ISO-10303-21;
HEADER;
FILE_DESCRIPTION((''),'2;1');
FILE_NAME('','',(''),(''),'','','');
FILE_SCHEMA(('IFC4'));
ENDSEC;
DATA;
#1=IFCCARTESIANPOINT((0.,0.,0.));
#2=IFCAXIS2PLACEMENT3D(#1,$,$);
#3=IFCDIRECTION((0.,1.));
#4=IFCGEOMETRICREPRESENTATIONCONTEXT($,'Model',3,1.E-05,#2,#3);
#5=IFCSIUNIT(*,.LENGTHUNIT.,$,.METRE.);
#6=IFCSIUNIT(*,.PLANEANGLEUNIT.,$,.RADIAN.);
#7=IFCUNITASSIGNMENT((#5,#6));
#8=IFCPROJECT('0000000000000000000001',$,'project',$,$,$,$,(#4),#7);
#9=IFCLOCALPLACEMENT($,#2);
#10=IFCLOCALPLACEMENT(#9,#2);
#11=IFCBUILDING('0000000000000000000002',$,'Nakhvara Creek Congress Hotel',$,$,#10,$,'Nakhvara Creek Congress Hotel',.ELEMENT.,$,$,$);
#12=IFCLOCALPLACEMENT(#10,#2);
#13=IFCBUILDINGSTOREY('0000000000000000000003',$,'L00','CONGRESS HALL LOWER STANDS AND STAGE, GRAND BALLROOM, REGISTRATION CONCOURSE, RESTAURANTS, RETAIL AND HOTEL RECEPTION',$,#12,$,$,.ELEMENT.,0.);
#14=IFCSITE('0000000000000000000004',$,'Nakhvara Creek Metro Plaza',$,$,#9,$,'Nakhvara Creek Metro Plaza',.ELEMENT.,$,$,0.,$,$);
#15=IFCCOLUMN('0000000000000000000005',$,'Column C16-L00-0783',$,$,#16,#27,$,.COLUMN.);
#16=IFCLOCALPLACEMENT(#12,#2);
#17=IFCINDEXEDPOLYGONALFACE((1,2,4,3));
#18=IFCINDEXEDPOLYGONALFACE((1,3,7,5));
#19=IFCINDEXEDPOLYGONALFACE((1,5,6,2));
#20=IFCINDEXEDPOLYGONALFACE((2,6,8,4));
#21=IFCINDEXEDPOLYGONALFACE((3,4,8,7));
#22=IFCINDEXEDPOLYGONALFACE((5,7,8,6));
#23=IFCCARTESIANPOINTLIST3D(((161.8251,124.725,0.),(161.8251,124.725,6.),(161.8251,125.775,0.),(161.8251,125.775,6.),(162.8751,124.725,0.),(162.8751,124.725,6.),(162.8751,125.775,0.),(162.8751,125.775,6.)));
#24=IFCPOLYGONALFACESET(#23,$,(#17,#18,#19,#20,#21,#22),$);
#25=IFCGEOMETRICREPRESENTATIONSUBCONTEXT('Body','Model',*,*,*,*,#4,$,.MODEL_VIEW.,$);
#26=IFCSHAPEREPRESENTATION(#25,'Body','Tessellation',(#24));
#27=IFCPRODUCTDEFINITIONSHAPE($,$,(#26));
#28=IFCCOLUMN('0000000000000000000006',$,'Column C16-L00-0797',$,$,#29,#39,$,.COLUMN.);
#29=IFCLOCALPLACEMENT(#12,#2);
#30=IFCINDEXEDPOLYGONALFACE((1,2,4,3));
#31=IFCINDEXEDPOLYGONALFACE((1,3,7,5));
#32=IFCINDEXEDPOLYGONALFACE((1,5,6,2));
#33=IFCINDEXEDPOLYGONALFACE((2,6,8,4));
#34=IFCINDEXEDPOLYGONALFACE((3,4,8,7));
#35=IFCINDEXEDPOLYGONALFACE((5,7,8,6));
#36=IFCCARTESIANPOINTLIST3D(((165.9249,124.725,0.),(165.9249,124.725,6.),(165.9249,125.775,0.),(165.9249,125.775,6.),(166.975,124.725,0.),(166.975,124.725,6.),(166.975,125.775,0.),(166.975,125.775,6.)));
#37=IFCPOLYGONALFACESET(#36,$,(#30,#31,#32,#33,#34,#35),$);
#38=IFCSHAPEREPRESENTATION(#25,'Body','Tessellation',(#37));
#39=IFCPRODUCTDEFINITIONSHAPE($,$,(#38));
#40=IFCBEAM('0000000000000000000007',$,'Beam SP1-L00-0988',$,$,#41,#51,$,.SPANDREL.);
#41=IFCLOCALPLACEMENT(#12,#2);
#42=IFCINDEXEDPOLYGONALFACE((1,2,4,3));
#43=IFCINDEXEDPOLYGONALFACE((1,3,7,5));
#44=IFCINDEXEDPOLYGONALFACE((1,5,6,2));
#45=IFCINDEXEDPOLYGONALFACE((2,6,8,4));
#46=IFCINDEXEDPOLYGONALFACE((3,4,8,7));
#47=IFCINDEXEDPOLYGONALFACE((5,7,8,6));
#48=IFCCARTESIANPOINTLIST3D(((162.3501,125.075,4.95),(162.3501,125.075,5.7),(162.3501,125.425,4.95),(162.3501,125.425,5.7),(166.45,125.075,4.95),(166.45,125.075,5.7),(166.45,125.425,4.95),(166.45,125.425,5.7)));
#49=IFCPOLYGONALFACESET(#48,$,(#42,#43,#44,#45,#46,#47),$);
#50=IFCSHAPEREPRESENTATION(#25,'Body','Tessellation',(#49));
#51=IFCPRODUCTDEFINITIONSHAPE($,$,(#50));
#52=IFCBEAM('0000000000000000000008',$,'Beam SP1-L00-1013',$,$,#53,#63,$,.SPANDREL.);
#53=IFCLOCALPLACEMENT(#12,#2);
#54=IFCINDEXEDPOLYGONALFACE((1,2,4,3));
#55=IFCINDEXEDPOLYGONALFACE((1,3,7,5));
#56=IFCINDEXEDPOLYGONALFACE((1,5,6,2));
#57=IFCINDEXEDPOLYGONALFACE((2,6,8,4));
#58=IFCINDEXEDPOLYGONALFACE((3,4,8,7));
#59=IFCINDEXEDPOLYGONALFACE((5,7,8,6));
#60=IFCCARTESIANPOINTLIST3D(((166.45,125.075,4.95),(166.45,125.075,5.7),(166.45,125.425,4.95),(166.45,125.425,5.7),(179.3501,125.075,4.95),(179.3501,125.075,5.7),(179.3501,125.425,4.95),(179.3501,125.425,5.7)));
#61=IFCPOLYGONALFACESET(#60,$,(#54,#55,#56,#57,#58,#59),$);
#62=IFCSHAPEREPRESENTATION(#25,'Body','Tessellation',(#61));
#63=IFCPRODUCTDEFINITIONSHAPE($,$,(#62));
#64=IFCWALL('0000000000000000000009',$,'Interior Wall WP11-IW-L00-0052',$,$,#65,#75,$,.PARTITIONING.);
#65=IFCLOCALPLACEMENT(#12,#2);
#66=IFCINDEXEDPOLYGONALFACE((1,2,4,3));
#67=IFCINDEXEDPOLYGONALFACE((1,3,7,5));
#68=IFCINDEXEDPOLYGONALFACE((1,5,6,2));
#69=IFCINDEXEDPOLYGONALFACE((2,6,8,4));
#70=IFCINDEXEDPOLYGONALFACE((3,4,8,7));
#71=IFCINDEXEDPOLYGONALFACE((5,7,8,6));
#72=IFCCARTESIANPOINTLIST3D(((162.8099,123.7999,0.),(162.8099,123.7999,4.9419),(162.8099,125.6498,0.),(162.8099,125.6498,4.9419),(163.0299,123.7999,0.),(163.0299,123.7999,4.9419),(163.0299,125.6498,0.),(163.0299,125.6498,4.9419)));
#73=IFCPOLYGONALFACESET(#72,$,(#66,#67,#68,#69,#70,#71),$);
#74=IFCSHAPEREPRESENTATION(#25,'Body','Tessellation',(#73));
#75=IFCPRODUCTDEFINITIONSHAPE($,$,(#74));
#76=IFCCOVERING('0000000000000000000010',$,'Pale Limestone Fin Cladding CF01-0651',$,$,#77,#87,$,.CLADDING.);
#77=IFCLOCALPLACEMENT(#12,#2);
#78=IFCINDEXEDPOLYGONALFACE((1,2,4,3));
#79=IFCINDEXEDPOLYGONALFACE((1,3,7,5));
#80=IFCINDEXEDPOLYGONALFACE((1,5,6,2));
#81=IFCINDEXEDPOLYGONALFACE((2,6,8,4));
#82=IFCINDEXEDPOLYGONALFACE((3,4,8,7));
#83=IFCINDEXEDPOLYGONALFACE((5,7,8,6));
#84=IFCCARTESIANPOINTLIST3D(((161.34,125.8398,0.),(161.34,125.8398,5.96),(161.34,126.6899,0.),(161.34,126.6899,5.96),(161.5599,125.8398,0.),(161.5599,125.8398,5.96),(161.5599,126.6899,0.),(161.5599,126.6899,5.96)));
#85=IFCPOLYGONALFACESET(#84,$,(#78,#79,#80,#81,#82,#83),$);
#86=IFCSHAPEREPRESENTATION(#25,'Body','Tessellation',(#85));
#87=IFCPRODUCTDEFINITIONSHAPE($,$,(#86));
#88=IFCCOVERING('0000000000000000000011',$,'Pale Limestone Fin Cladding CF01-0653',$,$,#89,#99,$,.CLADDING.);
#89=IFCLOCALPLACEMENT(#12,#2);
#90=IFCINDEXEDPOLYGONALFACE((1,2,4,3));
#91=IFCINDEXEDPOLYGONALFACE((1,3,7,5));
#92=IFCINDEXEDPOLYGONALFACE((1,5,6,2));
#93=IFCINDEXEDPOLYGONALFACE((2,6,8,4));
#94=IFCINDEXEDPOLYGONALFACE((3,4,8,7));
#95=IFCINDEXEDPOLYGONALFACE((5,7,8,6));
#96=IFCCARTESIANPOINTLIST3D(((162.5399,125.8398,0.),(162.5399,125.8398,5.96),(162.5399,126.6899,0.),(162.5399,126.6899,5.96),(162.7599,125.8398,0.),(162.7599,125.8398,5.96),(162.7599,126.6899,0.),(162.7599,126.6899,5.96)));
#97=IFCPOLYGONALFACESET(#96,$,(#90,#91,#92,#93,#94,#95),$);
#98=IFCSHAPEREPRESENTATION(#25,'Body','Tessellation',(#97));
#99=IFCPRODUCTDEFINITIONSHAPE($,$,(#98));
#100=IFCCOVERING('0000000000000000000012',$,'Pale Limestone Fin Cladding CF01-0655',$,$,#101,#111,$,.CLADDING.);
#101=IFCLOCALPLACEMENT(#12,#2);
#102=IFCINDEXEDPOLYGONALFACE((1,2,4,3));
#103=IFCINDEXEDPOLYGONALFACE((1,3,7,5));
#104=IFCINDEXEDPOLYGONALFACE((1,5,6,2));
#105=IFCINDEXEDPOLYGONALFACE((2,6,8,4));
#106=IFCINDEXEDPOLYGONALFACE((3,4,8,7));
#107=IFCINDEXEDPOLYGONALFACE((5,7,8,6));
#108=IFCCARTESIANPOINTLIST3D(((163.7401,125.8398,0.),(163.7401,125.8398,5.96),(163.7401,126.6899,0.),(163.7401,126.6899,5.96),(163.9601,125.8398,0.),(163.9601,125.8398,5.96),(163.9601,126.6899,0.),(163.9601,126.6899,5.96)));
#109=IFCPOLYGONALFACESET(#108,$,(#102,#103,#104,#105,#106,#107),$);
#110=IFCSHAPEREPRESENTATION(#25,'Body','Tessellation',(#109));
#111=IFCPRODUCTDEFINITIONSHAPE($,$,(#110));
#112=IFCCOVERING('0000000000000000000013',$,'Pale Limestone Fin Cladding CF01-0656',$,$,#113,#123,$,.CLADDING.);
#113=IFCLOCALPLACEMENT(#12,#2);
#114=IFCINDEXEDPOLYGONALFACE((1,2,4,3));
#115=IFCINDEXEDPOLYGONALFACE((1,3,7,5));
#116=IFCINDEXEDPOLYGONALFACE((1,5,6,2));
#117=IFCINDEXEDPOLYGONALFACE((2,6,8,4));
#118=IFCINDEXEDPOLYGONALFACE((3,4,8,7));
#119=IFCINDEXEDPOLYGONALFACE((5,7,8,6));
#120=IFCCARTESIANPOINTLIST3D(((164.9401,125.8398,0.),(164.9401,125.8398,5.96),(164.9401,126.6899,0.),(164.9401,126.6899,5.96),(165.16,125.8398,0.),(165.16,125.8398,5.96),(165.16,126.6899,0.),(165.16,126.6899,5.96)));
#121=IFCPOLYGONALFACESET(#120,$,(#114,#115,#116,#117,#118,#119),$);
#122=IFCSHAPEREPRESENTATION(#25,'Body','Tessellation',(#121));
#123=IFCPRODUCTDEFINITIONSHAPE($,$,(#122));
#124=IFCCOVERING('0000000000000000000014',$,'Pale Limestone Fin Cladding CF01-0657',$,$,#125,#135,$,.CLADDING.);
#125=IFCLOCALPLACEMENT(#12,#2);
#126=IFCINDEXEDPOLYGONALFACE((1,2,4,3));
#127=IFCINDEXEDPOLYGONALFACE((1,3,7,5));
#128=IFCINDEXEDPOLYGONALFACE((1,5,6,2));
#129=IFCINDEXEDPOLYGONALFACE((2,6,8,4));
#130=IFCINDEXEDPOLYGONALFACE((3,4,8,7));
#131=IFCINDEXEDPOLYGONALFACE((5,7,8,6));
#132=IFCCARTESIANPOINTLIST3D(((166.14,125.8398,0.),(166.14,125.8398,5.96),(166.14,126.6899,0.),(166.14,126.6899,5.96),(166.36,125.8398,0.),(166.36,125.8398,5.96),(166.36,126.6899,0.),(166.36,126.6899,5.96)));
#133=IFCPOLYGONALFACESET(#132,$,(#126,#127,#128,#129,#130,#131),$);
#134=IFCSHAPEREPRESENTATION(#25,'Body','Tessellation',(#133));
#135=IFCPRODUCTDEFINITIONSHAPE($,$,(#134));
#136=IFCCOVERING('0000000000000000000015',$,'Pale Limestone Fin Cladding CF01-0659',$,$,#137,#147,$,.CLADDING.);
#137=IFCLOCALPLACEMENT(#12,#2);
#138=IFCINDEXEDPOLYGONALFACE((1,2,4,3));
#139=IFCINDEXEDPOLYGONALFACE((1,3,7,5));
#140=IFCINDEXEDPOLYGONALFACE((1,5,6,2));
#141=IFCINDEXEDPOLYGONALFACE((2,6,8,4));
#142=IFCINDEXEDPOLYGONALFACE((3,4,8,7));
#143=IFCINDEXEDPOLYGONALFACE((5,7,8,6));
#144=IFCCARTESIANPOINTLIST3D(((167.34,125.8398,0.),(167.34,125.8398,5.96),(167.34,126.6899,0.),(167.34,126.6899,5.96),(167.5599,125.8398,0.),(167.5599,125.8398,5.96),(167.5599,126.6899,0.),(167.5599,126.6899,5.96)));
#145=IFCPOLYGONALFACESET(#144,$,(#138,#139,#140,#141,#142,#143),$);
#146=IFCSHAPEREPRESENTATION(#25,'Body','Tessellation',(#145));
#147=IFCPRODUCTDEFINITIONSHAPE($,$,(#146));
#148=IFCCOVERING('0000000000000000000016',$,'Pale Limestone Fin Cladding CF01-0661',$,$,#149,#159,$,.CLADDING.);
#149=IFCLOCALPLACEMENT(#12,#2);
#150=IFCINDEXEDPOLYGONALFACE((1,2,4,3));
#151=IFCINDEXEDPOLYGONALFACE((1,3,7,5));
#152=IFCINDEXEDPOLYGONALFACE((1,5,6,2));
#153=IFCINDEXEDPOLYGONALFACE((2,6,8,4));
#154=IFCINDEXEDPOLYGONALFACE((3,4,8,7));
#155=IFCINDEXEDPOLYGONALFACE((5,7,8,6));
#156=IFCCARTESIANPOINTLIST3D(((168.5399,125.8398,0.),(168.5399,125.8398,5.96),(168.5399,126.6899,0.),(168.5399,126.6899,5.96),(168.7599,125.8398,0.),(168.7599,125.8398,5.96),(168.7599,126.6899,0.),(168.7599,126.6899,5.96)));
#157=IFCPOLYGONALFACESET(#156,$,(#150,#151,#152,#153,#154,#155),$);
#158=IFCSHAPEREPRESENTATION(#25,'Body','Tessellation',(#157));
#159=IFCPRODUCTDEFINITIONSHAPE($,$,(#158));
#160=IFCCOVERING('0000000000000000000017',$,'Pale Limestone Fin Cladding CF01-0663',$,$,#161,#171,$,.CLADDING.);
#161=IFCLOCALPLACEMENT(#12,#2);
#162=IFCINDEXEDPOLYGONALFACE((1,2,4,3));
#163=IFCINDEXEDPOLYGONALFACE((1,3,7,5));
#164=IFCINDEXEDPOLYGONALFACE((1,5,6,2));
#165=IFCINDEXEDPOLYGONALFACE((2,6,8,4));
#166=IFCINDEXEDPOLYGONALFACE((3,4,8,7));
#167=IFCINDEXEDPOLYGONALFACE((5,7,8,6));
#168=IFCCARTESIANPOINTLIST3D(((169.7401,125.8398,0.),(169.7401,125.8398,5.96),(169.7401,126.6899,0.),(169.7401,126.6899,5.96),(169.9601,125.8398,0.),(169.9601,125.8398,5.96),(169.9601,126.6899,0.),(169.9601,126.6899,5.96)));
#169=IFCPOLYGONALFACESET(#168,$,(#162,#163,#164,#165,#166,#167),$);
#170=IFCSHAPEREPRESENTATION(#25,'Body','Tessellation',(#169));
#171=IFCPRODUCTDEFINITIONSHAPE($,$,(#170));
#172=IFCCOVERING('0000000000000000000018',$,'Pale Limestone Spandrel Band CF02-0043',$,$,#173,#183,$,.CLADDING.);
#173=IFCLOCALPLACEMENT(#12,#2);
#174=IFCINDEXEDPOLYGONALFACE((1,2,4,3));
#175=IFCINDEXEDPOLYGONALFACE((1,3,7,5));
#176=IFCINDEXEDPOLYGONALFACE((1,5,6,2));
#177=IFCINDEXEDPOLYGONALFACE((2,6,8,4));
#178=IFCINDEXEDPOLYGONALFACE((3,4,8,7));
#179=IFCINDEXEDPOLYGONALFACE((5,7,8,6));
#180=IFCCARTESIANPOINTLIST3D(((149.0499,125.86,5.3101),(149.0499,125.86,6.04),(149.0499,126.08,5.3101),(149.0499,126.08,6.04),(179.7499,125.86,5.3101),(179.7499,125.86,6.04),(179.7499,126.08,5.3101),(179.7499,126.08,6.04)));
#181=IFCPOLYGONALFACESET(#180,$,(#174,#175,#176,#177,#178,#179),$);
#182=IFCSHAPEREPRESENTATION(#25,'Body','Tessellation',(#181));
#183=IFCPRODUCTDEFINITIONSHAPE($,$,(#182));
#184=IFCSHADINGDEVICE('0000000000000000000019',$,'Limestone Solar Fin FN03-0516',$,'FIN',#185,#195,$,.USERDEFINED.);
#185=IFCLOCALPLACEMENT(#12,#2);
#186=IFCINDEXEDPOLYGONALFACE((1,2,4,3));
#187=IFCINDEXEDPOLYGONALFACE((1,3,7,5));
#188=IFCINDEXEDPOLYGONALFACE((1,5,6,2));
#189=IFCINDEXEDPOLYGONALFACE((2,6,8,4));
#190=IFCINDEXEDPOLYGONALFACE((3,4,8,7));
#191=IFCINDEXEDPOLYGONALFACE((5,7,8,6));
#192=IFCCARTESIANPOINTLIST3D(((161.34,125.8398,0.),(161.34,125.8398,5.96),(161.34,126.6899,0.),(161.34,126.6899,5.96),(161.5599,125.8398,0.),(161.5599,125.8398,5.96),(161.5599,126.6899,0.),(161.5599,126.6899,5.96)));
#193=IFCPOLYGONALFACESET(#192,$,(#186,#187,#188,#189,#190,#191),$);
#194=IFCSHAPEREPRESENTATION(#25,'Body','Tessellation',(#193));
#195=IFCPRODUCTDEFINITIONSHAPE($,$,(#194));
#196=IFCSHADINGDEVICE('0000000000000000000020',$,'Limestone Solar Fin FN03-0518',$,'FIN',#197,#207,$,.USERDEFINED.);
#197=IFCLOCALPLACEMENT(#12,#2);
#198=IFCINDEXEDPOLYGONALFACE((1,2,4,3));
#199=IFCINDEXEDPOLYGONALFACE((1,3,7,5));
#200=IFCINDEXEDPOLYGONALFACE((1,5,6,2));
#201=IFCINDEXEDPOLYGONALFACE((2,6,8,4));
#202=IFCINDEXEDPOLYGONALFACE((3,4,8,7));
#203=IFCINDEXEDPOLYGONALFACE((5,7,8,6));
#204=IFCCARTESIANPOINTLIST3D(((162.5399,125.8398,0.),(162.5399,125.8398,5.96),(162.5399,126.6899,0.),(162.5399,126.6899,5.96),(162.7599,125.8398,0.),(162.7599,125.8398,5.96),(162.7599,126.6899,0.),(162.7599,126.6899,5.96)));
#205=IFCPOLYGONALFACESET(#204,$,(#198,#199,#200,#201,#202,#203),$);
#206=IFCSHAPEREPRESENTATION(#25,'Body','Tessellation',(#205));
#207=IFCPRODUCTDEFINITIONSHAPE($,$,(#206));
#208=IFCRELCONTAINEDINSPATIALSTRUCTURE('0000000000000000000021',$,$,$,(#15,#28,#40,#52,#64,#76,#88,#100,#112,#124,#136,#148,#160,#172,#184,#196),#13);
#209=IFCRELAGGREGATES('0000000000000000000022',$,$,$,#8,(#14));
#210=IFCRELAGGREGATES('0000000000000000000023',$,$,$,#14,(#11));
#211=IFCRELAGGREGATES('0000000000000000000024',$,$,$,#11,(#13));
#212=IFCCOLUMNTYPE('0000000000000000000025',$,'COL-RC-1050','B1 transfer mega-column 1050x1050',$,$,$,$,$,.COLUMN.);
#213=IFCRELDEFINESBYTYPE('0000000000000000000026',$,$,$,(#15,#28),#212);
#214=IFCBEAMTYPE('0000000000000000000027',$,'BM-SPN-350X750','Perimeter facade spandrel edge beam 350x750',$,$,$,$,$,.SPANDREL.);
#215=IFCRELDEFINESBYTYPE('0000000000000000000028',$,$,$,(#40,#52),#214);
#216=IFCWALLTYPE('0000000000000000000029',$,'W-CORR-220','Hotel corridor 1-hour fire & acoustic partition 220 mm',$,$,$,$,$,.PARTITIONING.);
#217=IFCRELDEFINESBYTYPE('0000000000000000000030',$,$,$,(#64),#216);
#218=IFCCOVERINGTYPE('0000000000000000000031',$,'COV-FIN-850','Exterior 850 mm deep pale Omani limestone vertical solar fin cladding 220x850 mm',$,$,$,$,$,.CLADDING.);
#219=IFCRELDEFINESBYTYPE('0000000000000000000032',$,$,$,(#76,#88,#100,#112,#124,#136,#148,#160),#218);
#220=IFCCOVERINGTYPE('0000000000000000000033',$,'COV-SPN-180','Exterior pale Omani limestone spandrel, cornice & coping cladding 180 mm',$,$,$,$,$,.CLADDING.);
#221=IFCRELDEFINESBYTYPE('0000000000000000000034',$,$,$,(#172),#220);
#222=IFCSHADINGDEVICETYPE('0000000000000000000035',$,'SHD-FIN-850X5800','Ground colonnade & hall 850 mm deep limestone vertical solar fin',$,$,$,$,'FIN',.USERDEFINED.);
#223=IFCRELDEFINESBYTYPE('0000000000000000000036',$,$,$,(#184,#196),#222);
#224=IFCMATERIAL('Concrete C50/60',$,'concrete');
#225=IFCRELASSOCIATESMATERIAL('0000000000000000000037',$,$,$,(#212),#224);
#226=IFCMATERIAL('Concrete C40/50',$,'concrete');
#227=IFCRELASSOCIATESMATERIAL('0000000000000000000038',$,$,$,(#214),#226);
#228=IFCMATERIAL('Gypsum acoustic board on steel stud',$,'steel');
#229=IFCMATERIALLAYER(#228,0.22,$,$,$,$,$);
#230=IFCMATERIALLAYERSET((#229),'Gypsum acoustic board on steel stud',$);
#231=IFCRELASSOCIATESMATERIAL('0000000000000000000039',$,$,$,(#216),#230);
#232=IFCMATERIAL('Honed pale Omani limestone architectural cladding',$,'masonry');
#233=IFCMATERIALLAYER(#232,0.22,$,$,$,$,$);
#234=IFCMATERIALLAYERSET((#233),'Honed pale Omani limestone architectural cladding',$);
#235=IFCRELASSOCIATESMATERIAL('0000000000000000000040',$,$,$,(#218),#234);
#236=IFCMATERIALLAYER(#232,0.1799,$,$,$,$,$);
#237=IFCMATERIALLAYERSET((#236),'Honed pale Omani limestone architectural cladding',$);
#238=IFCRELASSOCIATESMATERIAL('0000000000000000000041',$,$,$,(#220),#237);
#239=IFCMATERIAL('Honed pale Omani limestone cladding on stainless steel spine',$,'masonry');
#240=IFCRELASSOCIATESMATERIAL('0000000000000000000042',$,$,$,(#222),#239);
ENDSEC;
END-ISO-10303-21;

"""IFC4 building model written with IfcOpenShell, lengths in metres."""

from ifc_helpers import new_model, si_unit, direction, frame, frame_2d, origin, origin_2d, place, context, subcontext, project, spatial, rectangle, extrude, material, layer, layer_set, material_profile, profile_set, type_object, element, save


model = new_model("IFC4")

# Units and contexts
model_context = context("Model", 3, precision=1e-05, world=origin(), true_north=direction((0.0, 1.0)))
body_context = subcontext(model_context, "Body", "Model", "MODEL_VIEW")
ifc_project = project(units=[si_unit("LENGTHUNIT", "METRE"), si_unit("PLANEANGLEUNIT", "RADIAN")], contexts=[model_context])

# Site, building, storey
site_placement = place(None, origin())
site = spatial("IfcSite", under=ifc_project, at=site_placement, Name="Nakhvara Creek Metro Plaza", LongName="Nakhvara Creek Metro Plaza", CompositionType="ELEMENT", RefElevation=0.0)
building_placement = place(site_placement, origin())
building = spatial("IfcBuilding", under=site, at=building_placement, Name="Nakhvara Creek Congress Hotel", LongName="Nakhvara Creek Congress Hotel", CompositionType="ELEMENT")
storey_placement = place(building_placement, origin())
storey = spatial("IfcBuildingStorey", under=building, at=storey_placement, Name="L00", Description="CONGRESS HALL LOWER STANDS AND STAGE, GRAND BALLROOM, REGISTRATION CONCOURSE, RESTAURANTS, RETAIL AND HOTEL RECEPTION", CompositionType="ELEMENT", Elevation=0.0)

# Columns
ifc_material_1 = material(Name="Concrete C50/60", Category="concrete")
ifc_material_profile_1 = material_profile(ifc_material_1, rectangle(XDim=1.05, YDim=1.05, at=origin_2d()), Name="RC-COL 1050x1050", Category="LoadBearing")
ifc_profile_set_1 = profile_set([ifc_material_profile_1], Name="Concrete C50/60")
column_type = type_object("IfcColumnType", Name="COL-RC-1050", Description="B1 transfer mega-column 1050x1050", PredefinedType="COLUMN", material=ifc_profile_set_1)
for number, where, z_axis, x_axis, name in (
    (1, (162.3501, 125.25, 0.0), (0.0, 0.0, 1.0), (1.0, 0.0, 0.0), "Column C16-L00-0783"),
    (2, (166.45, 125.25, 0.0), (0.0, 0.0, 1.0), (1.0, 0.0, 0.0), "Column C16-L00-0797"),
):
    element("IfcColumn", number, at=place(storey_placement, frame(where, z_axis=z_axis, x_axis=x_axis)), inside=storey, type_object=column_type, Name=name, PredefinedType="COLUMN", context=body_context, shape_type="SweptSolid", body=[
        extrude(rectangle(XDim=1.05, YDim=1.05, at=origin_2d()), origin(), (0.0, 0.0, 1.0), 6.0),
    ])

# Beams
ifc_material_2 = material(Name="Concrete C40/50", Category="concrete")
ifc_material_profile_2 = material_profile(ifc_material_2, rectangle(XDim=0.3501, YDim=0.75, at=origin_2d()), Name="RC-SPANDREL 350x750", Category="LoadBearing")
ifc_profile_set_2 = profile_set([ifc_material_profile_2], Name="Concrete C40/50")
beam_type = type_object("IfcBeamType", Name="BM-SPN-350X750", Description="Perimeter facade spandrel edge beam 350x750", PredefinedType="SPANDREL", material=ifc_profile_set_2)
beam_1_placement = place(storey_placement, frame((162.3501, 125.25, 5.325), z_axis=(1.0, 0.0, 0.0), x_axis=(0.0, 1.0, 0.0)))
element("IfcBeam", 3, at=beam_1_placement, inside=storey, type_object=beam_type, Name="Beam SP1-L00-0988", PredefinedType="SPANDREL", context=body_context, shape_type="SweptSolid", body=[
    extrude(rectangle(XDim=0.3501, YDim=0.75, at=origin_2d()), origin(), (0.0, 0.0, 1.0), 4.0999),
])
beam_2_placement = place(storey_placement, frame((166.45, 125.25, 5.325), z_axis=(1.0, 0.0, 0.0), x_axis=(0.0, 1.0, 0.0)))
element("IfcBeam", 4, at=beam_2_placement, inside=storey, type_object=beam_type, Name="Beam SP1-L00-1013", PredefinedType="SPANDREL", context=body_context, shape_type="SweptSolid", body=[
    extrude(rectangle(XDim=0.3501, YDim=0.75, at=origin_2d()), origin(), (0.0, 0.0, 1.0), 12.9001),
])

# Wall
ifc_material_3 = material(Name="Gypsum acoustic board on steel stud", Category="steel")
ifc_layer_1 = layer(ifc_material_3, 0.22)
ifc_layer_set_1 = layer_set([ifc_layer_1], Name="Gypsum acoustic board on steel stud")
wall_type = type_object("IfcWallType", Name="W-CORR-220", Description="Hotel corridor 1-hour fire & acoustic partition 220 mm", PredefinedType="PARTITIONING", material=ifc_layer_set_1)
wall_placement = place(storey_placement, frame((162.9199, 123.8, 0.0), z_axis=(0.0, 0.0, 1.0), x_axis=(0.0, 1.0, 0.0)))
element("IfcWall", 5, at=wall_placement, inside=storey, type_object=wall_type, Name="Interior Wall WP11-IW-L00-0052", PredefinedType="PARTITIONING", context=body_context, shape_type="SweptSolid", body=[
    extrude(rectangle(XDim=1.8499, YDim=0.22, at=frame_2d((0.9248, 0.0))), origin(), (0.0, 0.0, 1.0), 4.9419),
])

# Coverings
ifc_material_4 = material(Name="Honed pale Omani limestone architectural cladding", Category="masonry")
ifc_layer_2 = layer(ifc_material_4, 0.22)
ifc_layer_set_2 = layer_set([ifc_layer_2], Name="Honed pale Omani limestone architectural cladding")
covering_type_1 = type_object("IfcCoveringType", Name="COV-FIN-850", Description="Exterior 850 mm deep pale Omani limestone vertical solar fin cladding 220x850 mm", PredefinedType="CLADDING", material=ifc_layer_set_2)
for number, where, z_axis, x_axis, name in (
    (6, (161.45, 126.2649, 0.0), (0.0, 0.0, 1.0), (1.0, 0.0, 0.0), "Pale Limestone Fin Cladding CF01-0651"),
    (7, (162.6499, 126.2649, 0.0), (0.0, 0.0, 1.0), (1.0, 0.0, 0.0), "Pale Limestone Fin Cladding CF01-0653"),
    (8, (163.8501, 126.2649, 0.0), (0.0, 0.0, 1.0), (1.0, 0.0, 0.0), "Pale Limestone Fin Cladding CF01-0655"),
    (9, (165.05, 126.2649, 0.0), (0.0, 0.0, 1.0), (1.0, 0.0, 0.0), "Pale Limestone Fin Cladding CF01-0656"),
    (10, (166.25, 126.2649, 0.0), (0.0, 0.0, 1.0), (1.0, 0.0, 0.0), "Pale Limestone Fin Cladding CF01-0657"),
    (11, (167.45, 126.2649, 0.0), (0.0, 0.0, 1.0), (1.0, 0.0, 0.0), "Pale Limestone Fin Cladding CF01-0659"),
    (12, (168.6499, 126.2649, 0.0), (0.0, 0.0, 1.0), (1.0, 0.0, 0.0), "Pale Limestone Fin Cladding CF01-0661"),
    (13, (169.8501, 126.2649, 0.0), (0.0, 0.0, 1.0), (1.0, 0.0, 0.0), "Pale Limestone Fin Cladding CF01-0663"),
):
    element("IfcCovering", number, at=place(storey_placement, frame(where, z_axis=z_axis, x_axis=x_axis)), inside=storey, type_object=covering_type_1, Name=name, PredefinedType="CLADDING", context=body_context, shape_type="SweptSolid", body=[
        extrude(rectangle(XDim=0.22, YDim=0.8501, at=origin_2d()), origin(), (0.0, 0.0, 1.0), 5.96),
    ])
ifc_layer_3 = layer(ifc_material_4, 0.1799)
ifc_layer_set_3 = layer_set([ifc_layer_3], Name="Honed pale Omani limestone architectural cladding")
covering_type_2 = type_object("IfcCoveringType", Name="COV-SPN-180", Description="Exterior pale Omani limestone spandrel, cornice & coping cladding 180 mm", PredefinedType="CLADDING", material=ifc_layer_set_3)
covering_placement = place(storey_placement, frame((164.3999, 125.97, 5.3101), z_axis=(0.0, 0.0, 1.0), x_axis=(1.0, 0.0, 0.0)))
element("IfcCovering", 14, at=covering_placement, inside=storey, type_object=covering_type_2, Name="Pale Limestone Spandrel Band CF02-0043", PredefinedType="CLADDING", context=body_context, shape_type="SweptSolid", body=[
    extrude(rectangle(XDim=30.7, YDim=0.22, at=origin_2d()), origin(), (0.0, 0.0, 1.0), 0.73),
])

# Shading devices
ifc_material_5 = material(Name="Honed pale Omani limestone cladding on stainless steel spine", Category="masonry")
shading_device_type = type_object("IfcShadingDeviceType", Name="SHD-FIN-850X5800", Description="Ground colonnade & hall 850 mm deep limestone vertical solar fin", ElementType="FIN", PredefinedType="USERDEFINED", material=ifc_material_5)
for number, where, z_axis, x_axis, name in (
    (15, (161.45, 126.2649, 0.0), (0.0, 0.0, 1.0), (1.0, 0.0, 0.0), "Limestone Solar Fin FN03-0516"),
    (16, (162.6499, 126.2649, 0.0), (0.0, 0.0, 1.0), (1.0, 0.0, 0.0), "Limestone Solar Fin FN03-0518"),
):
    element("IfcShadingDevice", number, at=place(storey_placement, frame(where, z_axis=z_axis, x_axis=x_axis)), inside=storey, type_object=shading_device_type, Name=name, ObjectType="FIN", PredefinedType="USERDEFINED", context=body_context, shape_type="SweptSolid", body=[
        extrude(rectangle(XDim=0.22, YDim=0.8501, at=origin_2d()), origin(), (0.0, 0.0, 1.0), 5.96),
    ])

save(model, "model.ifc")
